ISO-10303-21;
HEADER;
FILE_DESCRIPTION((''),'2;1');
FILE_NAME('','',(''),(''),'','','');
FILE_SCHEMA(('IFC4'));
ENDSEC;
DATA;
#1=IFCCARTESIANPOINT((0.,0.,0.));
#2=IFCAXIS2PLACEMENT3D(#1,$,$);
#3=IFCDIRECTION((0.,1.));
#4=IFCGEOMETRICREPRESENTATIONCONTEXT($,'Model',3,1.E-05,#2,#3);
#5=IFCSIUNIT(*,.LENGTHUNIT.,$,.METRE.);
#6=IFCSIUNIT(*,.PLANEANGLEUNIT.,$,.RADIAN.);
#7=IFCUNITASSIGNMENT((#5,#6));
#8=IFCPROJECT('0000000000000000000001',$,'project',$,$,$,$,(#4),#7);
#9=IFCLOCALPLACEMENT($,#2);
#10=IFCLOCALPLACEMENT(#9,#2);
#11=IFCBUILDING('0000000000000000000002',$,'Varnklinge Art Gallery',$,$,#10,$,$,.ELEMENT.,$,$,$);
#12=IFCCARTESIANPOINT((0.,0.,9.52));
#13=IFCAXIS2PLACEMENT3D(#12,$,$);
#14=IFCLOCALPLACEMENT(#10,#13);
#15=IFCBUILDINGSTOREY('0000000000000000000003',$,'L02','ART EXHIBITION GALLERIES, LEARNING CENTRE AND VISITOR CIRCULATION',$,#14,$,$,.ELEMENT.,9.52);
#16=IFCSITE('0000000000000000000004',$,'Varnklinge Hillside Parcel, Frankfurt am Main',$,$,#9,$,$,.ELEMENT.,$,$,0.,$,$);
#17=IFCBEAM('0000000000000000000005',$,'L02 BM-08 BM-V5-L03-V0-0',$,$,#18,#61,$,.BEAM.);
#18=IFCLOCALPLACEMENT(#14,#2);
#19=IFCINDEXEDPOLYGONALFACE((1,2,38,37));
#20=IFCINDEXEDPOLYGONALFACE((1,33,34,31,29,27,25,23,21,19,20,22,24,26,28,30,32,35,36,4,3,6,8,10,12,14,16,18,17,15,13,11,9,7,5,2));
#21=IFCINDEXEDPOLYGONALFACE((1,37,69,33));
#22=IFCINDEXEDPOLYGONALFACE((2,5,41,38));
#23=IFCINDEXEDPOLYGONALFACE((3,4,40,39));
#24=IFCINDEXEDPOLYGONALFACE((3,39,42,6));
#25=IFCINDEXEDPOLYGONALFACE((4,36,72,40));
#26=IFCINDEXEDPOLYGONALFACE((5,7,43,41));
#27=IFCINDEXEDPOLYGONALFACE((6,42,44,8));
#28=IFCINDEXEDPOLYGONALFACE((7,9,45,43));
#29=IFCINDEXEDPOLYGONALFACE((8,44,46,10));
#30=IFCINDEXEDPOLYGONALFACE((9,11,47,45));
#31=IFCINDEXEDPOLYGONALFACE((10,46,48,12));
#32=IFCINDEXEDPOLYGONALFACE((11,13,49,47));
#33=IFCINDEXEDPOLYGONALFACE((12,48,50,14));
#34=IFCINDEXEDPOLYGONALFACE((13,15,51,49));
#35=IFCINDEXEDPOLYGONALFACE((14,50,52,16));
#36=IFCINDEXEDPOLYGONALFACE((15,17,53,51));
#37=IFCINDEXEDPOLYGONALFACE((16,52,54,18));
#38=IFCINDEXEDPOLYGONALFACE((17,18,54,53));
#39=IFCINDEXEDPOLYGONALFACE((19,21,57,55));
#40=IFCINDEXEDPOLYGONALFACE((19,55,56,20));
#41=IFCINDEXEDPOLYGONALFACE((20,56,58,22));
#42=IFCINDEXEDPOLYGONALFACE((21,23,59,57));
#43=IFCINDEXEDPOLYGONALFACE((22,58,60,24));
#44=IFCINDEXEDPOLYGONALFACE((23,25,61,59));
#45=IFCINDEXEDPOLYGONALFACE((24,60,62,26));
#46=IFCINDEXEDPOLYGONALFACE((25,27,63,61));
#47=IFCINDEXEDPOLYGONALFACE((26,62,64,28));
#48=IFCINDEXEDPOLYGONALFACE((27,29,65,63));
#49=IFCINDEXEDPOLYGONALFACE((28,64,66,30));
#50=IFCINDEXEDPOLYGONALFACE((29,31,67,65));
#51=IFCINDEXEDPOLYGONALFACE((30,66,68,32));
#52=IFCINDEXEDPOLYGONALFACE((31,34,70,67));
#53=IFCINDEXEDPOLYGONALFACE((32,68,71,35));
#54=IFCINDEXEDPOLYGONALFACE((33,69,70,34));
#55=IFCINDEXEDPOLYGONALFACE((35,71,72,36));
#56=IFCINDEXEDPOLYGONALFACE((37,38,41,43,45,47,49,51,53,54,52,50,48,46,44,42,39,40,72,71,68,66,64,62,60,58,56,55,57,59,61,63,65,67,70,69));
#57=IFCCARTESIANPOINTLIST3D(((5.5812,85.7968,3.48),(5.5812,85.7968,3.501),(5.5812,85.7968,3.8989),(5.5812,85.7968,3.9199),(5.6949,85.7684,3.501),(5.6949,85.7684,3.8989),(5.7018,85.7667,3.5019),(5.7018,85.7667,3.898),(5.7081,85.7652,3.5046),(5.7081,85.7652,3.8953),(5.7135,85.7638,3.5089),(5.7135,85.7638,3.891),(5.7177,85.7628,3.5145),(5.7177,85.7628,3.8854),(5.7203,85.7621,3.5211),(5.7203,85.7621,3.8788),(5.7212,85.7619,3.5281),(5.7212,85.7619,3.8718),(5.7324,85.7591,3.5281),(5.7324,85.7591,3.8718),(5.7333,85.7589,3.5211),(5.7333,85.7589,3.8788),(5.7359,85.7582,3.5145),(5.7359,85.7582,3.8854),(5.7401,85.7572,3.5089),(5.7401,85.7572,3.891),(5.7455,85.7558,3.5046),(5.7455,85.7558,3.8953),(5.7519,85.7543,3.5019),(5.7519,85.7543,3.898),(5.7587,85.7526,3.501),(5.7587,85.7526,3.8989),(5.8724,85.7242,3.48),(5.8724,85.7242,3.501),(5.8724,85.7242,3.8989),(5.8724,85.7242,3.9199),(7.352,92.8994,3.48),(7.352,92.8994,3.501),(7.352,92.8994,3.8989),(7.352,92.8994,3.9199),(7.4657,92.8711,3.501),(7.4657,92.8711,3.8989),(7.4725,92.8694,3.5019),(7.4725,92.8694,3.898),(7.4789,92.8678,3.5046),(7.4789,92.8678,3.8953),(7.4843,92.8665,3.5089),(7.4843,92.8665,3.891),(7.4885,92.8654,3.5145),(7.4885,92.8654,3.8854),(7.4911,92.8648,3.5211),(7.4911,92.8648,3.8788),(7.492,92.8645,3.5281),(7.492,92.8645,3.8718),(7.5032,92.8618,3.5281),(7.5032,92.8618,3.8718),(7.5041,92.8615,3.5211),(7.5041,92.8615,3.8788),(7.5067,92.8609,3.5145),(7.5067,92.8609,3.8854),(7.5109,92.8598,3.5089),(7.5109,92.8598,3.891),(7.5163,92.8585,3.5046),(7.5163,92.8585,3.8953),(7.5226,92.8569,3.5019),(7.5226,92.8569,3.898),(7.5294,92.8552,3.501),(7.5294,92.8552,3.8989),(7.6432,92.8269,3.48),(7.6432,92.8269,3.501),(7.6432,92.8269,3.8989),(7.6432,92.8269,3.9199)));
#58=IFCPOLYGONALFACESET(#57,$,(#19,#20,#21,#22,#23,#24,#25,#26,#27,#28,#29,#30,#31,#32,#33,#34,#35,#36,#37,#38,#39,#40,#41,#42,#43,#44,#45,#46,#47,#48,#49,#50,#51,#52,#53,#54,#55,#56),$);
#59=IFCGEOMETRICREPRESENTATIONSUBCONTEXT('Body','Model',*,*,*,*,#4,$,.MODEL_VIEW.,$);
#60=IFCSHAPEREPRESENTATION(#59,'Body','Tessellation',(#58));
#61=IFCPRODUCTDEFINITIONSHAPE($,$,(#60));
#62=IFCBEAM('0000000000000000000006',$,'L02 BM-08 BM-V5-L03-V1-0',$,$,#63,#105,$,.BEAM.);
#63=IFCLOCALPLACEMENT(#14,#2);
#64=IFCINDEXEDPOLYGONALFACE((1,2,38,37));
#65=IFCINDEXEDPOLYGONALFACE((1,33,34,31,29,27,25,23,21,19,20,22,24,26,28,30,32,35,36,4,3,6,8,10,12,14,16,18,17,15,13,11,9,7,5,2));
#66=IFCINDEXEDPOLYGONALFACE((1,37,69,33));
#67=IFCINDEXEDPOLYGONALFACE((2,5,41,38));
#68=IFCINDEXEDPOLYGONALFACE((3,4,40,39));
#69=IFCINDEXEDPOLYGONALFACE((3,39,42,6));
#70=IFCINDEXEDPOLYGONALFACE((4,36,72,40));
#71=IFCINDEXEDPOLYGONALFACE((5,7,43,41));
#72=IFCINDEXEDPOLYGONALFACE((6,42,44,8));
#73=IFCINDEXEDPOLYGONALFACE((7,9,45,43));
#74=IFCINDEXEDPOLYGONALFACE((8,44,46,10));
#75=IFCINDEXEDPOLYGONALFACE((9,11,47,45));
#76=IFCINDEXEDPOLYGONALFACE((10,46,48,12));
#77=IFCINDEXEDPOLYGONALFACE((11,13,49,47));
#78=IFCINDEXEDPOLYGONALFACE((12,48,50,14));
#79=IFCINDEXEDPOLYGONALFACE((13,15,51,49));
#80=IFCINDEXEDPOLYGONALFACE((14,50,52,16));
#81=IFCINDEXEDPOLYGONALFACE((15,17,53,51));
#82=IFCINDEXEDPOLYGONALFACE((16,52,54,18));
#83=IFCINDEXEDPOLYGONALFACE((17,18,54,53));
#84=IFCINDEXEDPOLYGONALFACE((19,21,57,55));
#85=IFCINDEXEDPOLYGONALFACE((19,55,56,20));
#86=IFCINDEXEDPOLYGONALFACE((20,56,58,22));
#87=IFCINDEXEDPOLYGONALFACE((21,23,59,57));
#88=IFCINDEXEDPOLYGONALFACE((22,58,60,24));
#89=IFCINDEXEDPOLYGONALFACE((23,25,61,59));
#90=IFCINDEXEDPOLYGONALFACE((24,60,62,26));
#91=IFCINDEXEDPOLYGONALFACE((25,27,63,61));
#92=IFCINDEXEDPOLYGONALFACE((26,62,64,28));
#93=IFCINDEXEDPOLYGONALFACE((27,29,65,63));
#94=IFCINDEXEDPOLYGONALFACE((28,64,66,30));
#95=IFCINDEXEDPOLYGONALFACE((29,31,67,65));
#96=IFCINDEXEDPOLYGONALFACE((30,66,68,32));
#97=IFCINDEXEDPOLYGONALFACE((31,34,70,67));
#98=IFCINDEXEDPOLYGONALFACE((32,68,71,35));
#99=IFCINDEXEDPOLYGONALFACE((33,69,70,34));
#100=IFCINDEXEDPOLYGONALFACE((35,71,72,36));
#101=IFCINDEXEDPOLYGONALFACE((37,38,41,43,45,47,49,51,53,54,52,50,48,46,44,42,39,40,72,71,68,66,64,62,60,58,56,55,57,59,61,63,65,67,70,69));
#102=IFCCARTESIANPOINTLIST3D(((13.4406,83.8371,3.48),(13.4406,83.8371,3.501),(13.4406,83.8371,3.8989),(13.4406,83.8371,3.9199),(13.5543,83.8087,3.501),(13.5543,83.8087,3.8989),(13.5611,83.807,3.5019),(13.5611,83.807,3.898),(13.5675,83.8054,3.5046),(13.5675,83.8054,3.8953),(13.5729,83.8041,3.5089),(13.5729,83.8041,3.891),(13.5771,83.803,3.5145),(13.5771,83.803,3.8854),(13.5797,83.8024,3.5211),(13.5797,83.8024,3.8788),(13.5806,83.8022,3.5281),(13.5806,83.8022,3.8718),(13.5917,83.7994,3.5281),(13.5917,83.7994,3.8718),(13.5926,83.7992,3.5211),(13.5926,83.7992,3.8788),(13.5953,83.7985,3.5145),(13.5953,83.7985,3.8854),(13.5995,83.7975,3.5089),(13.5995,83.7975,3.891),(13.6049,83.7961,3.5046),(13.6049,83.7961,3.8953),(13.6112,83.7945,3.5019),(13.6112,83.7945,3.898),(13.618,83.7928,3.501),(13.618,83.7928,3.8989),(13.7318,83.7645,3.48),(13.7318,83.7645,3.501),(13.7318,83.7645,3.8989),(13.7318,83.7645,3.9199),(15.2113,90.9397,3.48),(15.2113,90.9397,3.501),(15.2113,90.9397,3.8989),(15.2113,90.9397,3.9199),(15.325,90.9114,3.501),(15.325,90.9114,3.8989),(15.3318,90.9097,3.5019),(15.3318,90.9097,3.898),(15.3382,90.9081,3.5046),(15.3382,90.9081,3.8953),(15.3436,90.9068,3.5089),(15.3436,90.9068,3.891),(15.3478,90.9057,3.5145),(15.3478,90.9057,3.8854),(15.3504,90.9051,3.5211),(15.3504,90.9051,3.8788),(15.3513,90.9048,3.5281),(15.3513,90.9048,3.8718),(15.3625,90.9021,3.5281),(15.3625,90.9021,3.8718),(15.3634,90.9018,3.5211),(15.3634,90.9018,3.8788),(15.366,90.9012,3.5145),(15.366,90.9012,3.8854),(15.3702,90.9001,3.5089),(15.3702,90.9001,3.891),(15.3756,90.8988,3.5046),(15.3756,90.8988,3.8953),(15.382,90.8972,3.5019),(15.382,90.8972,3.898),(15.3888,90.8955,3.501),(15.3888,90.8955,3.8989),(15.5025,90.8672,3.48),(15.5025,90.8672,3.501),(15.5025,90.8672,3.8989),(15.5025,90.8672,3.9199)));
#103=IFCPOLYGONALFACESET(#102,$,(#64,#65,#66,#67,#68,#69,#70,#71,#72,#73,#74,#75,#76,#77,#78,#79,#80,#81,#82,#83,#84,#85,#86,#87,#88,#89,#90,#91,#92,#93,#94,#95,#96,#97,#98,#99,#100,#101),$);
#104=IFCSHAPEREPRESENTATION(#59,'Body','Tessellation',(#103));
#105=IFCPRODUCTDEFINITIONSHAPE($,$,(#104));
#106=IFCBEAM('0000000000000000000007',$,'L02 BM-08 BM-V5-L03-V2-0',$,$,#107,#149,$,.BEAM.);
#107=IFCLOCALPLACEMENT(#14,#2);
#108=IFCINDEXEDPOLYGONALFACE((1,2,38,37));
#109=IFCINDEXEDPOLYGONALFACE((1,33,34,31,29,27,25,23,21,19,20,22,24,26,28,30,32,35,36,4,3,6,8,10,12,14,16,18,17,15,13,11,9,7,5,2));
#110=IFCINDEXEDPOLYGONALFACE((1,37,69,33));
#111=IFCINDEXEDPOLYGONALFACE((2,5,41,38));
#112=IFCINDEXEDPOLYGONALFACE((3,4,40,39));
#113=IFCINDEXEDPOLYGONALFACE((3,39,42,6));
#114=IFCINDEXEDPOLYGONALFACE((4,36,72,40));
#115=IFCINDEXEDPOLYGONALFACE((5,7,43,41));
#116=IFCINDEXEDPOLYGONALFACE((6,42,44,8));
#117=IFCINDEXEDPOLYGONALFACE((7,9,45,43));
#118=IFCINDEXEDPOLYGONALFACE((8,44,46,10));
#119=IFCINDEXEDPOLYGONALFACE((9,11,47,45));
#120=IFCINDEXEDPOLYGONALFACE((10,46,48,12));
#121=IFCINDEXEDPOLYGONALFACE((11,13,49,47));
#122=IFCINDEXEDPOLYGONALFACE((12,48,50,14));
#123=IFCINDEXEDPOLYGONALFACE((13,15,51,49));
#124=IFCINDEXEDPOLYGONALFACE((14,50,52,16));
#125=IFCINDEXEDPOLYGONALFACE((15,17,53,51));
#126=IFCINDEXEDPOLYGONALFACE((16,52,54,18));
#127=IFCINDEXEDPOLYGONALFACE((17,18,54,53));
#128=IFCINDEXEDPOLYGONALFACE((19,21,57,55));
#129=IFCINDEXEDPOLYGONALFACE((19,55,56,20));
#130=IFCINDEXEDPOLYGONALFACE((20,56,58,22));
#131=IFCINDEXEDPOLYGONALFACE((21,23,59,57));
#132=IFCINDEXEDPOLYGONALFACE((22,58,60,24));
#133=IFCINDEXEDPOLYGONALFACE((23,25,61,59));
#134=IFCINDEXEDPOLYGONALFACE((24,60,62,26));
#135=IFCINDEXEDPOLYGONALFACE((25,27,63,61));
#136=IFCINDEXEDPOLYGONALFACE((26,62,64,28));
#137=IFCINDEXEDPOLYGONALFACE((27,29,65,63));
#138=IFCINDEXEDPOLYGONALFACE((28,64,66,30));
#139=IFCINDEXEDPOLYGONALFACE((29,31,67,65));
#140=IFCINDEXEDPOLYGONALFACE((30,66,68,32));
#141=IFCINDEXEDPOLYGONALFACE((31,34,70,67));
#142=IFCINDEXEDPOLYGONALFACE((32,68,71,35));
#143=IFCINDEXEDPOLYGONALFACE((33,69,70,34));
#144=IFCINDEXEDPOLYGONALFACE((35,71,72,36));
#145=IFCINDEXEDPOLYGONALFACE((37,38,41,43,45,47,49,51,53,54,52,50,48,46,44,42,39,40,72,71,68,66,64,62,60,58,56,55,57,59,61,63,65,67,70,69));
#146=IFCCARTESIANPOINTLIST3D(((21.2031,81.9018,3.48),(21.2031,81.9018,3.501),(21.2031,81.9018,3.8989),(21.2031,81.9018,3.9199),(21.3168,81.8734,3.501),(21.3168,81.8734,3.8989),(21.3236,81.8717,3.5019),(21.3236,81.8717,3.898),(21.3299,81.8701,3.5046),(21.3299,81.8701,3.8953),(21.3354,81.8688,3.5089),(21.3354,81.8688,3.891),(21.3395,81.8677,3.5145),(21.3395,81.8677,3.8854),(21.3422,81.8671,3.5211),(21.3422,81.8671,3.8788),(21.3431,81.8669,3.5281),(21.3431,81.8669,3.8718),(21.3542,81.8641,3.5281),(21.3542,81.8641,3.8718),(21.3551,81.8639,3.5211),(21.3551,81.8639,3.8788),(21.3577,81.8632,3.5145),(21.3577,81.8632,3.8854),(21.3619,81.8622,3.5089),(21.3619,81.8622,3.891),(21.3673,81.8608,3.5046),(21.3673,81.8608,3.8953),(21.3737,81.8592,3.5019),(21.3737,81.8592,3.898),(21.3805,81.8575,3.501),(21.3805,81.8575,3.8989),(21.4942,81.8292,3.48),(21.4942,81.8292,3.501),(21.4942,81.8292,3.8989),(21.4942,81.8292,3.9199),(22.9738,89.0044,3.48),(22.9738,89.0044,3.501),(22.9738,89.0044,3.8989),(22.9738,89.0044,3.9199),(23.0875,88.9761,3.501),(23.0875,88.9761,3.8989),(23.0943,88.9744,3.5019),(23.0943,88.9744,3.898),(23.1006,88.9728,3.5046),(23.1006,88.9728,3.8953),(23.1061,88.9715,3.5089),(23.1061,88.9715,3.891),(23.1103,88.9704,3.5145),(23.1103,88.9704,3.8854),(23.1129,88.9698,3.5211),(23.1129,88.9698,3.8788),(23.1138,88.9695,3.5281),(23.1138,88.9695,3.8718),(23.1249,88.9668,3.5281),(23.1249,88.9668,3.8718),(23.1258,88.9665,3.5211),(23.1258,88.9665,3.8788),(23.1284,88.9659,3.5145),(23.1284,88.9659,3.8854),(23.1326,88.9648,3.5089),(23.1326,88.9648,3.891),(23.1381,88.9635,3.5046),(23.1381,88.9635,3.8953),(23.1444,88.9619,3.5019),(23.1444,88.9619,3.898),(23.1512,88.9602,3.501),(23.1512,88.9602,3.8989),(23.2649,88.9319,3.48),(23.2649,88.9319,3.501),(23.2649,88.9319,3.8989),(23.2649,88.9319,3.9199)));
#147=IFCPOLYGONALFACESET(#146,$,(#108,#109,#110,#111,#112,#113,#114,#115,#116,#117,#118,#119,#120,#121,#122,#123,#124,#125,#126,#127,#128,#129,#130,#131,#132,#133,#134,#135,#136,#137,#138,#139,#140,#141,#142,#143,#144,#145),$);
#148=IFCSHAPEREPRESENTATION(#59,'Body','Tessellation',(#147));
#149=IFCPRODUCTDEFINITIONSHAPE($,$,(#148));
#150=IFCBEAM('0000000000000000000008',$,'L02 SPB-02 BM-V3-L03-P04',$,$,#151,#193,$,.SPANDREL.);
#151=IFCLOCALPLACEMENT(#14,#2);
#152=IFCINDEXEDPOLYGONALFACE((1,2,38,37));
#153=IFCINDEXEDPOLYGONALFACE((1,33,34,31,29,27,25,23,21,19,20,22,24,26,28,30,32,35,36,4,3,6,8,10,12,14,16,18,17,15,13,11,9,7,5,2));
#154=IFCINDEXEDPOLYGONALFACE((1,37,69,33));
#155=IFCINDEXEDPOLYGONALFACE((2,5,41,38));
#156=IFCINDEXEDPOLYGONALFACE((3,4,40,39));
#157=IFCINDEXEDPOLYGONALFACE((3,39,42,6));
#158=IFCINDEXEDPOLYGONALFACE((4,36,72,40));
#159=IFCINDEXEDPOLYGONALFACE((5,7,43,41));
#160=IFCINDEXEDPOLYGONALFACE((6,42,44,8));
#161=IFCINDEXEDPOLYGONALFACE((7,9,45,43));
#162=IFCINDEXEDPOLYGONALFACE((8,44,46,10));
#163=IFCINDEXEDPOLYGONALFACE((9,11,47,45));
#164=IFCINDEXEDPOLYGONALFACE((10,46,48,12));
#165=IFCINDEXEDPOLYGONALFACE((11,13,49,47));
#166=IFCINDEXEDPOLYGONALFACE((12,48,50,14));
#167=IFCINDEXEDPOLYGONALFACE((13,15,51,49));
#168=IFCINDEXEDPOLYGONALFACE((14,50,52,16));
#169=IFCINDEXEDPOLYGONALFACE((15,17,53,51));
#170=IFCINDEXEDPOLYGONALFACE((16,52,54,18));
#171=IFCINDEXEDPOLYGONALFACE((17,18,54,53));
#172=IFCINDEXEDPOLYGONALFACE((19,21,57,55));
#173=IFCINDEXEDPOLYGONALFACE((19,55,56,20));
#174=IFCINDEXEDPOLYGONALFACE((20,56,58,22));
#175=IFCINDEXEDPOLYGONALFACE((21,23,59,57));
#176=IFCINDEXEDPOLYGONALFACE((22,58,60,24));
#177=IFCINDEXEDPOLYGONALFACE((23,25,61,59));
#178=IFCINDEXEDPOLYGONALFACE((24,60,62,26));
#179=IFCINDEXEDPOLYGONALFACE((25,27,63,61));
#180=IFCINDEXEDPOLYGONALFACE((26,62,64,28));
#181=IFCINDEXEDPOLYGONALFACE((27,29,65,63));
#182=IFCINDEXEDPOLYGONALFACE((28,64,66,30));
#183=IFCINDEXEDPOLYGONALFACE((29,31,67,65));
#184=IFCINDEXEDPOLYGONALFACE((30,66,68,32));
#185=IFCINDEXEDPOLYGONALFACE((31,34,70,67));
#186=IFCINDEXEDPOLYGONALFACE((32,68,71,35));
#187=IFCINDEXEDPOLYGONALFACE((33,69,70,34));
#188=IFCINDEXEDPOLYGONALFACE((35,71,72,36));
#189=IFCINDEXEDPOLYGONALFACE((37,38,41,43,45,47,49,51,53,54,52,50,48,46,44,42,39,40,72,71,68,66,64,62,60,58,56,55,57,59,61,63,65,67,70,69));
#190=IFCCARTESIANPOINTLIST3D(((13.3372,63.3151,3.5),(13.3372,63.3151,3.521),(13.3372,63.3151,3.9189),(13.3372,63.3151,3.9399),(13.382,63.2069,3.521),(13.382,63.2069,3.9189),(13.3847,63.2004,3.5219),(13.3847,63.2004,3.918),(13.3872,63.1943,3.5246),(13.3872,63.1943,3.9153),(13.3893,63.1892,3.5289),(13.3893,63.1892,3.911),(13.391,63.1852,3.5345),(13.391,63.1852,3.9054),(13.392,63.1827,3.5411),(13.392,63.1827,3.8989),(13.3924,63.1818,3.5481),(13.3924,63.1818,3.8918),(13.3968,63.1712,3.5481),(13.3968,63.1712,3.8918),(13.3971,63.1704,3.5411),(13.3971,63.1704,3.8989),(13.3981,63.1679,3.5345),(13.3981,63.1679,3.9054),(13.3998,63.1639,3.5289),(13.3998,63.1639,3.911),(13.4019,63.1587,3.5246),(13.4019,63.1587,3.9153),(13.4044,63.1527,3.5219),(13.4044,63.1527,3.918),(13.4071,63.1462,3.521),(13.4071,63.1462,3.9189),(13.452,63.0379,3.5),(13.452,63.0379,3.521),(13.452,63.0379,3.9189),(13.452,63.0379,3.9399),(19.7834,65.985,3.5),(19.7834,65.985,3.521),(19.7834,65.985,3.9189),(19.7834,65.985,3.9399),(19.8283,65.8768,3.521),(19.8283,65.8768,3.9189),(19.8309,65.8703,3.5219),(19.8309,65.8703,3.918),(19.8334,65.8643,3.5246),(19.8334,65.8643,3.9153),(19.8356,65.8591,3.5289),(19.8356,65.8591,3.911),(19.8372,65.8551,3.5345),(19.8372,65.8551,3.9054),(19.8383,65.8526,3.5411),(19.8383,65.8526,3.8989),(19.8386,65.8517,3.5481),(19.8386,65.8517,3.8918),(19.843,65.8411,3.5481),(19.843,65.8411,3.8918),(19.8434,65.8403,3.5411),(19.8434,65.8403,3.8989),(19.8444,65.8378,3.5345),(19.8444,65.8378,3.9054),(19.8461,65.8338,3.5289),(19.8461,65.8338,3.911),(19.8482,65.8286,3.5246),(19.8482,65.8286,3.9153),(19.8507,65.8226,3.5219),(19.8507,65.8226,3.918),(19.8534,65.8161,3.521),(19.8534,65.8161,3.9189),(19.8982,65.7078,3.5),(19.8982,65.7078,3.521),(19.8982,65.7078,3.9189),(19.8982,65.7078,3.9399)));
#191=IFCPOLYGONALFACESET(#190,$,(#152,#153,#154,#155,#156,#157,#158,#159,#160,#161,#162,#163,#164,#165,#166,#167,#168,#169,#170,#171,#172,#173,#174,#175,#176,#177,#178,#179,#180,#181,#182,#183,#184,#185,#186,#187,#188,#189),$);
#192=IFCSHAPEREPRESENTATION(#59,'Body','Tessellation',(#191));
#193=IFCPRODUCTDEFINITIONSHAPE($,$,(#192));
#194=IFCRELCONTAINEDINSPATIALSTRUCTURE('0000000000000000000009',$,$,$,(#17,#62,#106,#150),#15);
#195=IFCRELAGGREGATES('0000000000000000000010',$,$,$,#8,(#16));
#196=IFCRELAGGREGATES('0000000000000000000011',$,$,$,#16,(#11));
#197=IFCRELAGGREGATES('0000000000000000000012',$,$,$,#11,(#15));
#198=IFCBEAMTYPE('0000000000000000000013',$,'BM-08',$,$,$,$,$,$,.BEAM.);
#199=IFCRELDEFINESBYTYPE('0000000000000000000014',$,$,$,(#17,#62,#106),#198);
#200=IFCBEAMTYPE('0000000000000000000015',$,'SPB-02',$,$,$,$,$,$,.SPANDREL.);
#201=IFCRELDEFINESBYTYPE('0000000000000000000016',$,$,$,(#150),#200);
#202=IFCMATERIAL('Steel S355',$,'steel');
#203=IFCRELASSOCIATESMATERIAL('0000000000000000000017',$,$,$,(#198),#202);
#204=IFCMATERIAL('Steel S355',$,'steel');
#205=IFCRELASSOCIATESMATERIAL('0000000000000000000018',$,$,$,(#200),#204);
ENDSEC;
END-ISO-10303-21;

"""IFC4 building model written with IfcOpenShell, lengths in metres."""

from ifc_helpers import new_model, si_unit, direction, frame, origin, origin_2d, place, context, subcontext, project, spatial, i_section, extrude, material, material_profile, profile_set, type_object, element, save


model = new_model("IFC4")

# Units and contexts
model_context = context("Model", 3, precision=1e-05, world=origin(), true_north=direction((0.0, 1.0)))
body_context = subcontext(model_context, "Body", "Model", "MODEL_VIEW")
ifc_project = project(units=[si_unit("LENGTHUNIT", "METRE"), si_unit("PLANEANGLEUNIT", "RADIAN")], contexts=[model_context])

# Site, building, storey
site_placement = place(None, origin())
site = spatial("IfcSite", under=ifc_project, at=site_placement, Name="Varnklinge Hillside Parcel, Frankfurt am Main", CompositionType="ELEMENT", RefElevation=0.0)
building_placement = place(site_placement, origin())
building = spatial("IfcBuilding", under=site, at=building_placement, Name="Varnklinge Art Gallery", CompositionType="ELEMENT")
storey_placement = place(building_placement, frame((0.0, 0.0, 9.52)))
storey = spatial("IfcBuildingStorey", under=building, at=storey_placement, Name="L02", Description="ART EXHIBITION GALLERIES, LEARNING CENTRE AND VISITOR CIRCULATION", CompositionType="ELEMENT", Elevation=9.52)

# Beams
ifc_material_1 = material(Name="Steel S355", Category="steel")
ifc_material_profile_1 = material_profile(ifc_material_1, i_section(OverallWidth=0.3, OverallDepth=0.4399, WebThickness=0.0115, FlangeThickness=0.021, FilletRadius=0.0271, at=origin_2d()), Name="HEA 450")
ifc_profile_set_1 = profile_set([ifc_material_profile_1], Name="Steel S355")
beam_type_1 = type_object("IfcBeamType", Name="BM-08", PredefinedType="BEAM", material=ifc_profile_set_1)
for number, where, z_axis, x_axis, name in (
    (1, (5.7268, 85.7605, 3.7), (0.241908, 0.970299, 0.0), (-0.970299, 0.241908, 0.0), "L02 BM-08 BM-V5-L03-V0-0"),
    (2, (13.5862, 83.8008, 3.7), (0.2419, 0.970301, 0.0), (-0.970301, 0.2419, 0.0), "L02 BM-08 BM-V5-L03-V1-0"),
    (3, (21.3486, 81.8655, 3.7), (0.2419, 0.970301, 0.0), (-0.970301, 0.2419, 0.0), "L02 BM-08 BM-V5-L03-V2-0"),
):
    element("IfcBeam", number, at=place(storey_placement, frame(where, z_axis=z_axis, x_axis=x_axis)), inside=storey, type_object=beam_type_1, Name=name, PredefinedType="BEAM", context=body_context, shape_type="SweptSolid", body=[
        extrude(i_section(OverallWidth=0.3, OverallDepth=0.4399, WebThickness=0.0115, FlangeThickness=0.021, FilletRadius=0.0271, at=origin_2d()), origin(), (0.0, 0.0, 1.0), 7.3201),
    ])
ifc_material_2 = material(Name="Steel S355", Category="steel")
ifc_material_profile_2 = material_profile(ifc_material_2, i_section(OverallWidth=0.3, OverallDepth=0.4399, WebThickness=0.0115, FlangeThickness=0.021, FilletRadius=0.0271, at=origin_2d()), Name="HEA 450")
ifc_profile_set_2 = profile_set([ifc_material_profile_2], Name="Steel S355")
beam_type_2 = type_object("IfcBeamType", Name="SPB-02", PredefinedType="SPANDREL", material=ifc_profile_set_2)
beam_1_placement = place(storey_placement, frame((19.8408, 65.8464, 3.72), z_axis=(-0.923891, -0.382657, 0.0), x_axis=(0.382657, -0.923891, 0.0)))
element("IfcBeam", 4, at=beam_1_placement, inside=storey, type_object=beam_type_2, Name="L02 SPB-02 BM-V3-L03-P04", PredefinedType="SPANDREL", context=body_context, shape_type="SweptSolid", body=[
    extrude(i_section(OverallWidth=0.3, OverallDepth=0.4399, WebThickness=0.0115, FlangeThickness=0.021, FilletRadius=0.0271, at=origin_2d()), origin(), (0.0, 0.0, 1.0), 6.9773),
])

save(model, "model.ifc")
